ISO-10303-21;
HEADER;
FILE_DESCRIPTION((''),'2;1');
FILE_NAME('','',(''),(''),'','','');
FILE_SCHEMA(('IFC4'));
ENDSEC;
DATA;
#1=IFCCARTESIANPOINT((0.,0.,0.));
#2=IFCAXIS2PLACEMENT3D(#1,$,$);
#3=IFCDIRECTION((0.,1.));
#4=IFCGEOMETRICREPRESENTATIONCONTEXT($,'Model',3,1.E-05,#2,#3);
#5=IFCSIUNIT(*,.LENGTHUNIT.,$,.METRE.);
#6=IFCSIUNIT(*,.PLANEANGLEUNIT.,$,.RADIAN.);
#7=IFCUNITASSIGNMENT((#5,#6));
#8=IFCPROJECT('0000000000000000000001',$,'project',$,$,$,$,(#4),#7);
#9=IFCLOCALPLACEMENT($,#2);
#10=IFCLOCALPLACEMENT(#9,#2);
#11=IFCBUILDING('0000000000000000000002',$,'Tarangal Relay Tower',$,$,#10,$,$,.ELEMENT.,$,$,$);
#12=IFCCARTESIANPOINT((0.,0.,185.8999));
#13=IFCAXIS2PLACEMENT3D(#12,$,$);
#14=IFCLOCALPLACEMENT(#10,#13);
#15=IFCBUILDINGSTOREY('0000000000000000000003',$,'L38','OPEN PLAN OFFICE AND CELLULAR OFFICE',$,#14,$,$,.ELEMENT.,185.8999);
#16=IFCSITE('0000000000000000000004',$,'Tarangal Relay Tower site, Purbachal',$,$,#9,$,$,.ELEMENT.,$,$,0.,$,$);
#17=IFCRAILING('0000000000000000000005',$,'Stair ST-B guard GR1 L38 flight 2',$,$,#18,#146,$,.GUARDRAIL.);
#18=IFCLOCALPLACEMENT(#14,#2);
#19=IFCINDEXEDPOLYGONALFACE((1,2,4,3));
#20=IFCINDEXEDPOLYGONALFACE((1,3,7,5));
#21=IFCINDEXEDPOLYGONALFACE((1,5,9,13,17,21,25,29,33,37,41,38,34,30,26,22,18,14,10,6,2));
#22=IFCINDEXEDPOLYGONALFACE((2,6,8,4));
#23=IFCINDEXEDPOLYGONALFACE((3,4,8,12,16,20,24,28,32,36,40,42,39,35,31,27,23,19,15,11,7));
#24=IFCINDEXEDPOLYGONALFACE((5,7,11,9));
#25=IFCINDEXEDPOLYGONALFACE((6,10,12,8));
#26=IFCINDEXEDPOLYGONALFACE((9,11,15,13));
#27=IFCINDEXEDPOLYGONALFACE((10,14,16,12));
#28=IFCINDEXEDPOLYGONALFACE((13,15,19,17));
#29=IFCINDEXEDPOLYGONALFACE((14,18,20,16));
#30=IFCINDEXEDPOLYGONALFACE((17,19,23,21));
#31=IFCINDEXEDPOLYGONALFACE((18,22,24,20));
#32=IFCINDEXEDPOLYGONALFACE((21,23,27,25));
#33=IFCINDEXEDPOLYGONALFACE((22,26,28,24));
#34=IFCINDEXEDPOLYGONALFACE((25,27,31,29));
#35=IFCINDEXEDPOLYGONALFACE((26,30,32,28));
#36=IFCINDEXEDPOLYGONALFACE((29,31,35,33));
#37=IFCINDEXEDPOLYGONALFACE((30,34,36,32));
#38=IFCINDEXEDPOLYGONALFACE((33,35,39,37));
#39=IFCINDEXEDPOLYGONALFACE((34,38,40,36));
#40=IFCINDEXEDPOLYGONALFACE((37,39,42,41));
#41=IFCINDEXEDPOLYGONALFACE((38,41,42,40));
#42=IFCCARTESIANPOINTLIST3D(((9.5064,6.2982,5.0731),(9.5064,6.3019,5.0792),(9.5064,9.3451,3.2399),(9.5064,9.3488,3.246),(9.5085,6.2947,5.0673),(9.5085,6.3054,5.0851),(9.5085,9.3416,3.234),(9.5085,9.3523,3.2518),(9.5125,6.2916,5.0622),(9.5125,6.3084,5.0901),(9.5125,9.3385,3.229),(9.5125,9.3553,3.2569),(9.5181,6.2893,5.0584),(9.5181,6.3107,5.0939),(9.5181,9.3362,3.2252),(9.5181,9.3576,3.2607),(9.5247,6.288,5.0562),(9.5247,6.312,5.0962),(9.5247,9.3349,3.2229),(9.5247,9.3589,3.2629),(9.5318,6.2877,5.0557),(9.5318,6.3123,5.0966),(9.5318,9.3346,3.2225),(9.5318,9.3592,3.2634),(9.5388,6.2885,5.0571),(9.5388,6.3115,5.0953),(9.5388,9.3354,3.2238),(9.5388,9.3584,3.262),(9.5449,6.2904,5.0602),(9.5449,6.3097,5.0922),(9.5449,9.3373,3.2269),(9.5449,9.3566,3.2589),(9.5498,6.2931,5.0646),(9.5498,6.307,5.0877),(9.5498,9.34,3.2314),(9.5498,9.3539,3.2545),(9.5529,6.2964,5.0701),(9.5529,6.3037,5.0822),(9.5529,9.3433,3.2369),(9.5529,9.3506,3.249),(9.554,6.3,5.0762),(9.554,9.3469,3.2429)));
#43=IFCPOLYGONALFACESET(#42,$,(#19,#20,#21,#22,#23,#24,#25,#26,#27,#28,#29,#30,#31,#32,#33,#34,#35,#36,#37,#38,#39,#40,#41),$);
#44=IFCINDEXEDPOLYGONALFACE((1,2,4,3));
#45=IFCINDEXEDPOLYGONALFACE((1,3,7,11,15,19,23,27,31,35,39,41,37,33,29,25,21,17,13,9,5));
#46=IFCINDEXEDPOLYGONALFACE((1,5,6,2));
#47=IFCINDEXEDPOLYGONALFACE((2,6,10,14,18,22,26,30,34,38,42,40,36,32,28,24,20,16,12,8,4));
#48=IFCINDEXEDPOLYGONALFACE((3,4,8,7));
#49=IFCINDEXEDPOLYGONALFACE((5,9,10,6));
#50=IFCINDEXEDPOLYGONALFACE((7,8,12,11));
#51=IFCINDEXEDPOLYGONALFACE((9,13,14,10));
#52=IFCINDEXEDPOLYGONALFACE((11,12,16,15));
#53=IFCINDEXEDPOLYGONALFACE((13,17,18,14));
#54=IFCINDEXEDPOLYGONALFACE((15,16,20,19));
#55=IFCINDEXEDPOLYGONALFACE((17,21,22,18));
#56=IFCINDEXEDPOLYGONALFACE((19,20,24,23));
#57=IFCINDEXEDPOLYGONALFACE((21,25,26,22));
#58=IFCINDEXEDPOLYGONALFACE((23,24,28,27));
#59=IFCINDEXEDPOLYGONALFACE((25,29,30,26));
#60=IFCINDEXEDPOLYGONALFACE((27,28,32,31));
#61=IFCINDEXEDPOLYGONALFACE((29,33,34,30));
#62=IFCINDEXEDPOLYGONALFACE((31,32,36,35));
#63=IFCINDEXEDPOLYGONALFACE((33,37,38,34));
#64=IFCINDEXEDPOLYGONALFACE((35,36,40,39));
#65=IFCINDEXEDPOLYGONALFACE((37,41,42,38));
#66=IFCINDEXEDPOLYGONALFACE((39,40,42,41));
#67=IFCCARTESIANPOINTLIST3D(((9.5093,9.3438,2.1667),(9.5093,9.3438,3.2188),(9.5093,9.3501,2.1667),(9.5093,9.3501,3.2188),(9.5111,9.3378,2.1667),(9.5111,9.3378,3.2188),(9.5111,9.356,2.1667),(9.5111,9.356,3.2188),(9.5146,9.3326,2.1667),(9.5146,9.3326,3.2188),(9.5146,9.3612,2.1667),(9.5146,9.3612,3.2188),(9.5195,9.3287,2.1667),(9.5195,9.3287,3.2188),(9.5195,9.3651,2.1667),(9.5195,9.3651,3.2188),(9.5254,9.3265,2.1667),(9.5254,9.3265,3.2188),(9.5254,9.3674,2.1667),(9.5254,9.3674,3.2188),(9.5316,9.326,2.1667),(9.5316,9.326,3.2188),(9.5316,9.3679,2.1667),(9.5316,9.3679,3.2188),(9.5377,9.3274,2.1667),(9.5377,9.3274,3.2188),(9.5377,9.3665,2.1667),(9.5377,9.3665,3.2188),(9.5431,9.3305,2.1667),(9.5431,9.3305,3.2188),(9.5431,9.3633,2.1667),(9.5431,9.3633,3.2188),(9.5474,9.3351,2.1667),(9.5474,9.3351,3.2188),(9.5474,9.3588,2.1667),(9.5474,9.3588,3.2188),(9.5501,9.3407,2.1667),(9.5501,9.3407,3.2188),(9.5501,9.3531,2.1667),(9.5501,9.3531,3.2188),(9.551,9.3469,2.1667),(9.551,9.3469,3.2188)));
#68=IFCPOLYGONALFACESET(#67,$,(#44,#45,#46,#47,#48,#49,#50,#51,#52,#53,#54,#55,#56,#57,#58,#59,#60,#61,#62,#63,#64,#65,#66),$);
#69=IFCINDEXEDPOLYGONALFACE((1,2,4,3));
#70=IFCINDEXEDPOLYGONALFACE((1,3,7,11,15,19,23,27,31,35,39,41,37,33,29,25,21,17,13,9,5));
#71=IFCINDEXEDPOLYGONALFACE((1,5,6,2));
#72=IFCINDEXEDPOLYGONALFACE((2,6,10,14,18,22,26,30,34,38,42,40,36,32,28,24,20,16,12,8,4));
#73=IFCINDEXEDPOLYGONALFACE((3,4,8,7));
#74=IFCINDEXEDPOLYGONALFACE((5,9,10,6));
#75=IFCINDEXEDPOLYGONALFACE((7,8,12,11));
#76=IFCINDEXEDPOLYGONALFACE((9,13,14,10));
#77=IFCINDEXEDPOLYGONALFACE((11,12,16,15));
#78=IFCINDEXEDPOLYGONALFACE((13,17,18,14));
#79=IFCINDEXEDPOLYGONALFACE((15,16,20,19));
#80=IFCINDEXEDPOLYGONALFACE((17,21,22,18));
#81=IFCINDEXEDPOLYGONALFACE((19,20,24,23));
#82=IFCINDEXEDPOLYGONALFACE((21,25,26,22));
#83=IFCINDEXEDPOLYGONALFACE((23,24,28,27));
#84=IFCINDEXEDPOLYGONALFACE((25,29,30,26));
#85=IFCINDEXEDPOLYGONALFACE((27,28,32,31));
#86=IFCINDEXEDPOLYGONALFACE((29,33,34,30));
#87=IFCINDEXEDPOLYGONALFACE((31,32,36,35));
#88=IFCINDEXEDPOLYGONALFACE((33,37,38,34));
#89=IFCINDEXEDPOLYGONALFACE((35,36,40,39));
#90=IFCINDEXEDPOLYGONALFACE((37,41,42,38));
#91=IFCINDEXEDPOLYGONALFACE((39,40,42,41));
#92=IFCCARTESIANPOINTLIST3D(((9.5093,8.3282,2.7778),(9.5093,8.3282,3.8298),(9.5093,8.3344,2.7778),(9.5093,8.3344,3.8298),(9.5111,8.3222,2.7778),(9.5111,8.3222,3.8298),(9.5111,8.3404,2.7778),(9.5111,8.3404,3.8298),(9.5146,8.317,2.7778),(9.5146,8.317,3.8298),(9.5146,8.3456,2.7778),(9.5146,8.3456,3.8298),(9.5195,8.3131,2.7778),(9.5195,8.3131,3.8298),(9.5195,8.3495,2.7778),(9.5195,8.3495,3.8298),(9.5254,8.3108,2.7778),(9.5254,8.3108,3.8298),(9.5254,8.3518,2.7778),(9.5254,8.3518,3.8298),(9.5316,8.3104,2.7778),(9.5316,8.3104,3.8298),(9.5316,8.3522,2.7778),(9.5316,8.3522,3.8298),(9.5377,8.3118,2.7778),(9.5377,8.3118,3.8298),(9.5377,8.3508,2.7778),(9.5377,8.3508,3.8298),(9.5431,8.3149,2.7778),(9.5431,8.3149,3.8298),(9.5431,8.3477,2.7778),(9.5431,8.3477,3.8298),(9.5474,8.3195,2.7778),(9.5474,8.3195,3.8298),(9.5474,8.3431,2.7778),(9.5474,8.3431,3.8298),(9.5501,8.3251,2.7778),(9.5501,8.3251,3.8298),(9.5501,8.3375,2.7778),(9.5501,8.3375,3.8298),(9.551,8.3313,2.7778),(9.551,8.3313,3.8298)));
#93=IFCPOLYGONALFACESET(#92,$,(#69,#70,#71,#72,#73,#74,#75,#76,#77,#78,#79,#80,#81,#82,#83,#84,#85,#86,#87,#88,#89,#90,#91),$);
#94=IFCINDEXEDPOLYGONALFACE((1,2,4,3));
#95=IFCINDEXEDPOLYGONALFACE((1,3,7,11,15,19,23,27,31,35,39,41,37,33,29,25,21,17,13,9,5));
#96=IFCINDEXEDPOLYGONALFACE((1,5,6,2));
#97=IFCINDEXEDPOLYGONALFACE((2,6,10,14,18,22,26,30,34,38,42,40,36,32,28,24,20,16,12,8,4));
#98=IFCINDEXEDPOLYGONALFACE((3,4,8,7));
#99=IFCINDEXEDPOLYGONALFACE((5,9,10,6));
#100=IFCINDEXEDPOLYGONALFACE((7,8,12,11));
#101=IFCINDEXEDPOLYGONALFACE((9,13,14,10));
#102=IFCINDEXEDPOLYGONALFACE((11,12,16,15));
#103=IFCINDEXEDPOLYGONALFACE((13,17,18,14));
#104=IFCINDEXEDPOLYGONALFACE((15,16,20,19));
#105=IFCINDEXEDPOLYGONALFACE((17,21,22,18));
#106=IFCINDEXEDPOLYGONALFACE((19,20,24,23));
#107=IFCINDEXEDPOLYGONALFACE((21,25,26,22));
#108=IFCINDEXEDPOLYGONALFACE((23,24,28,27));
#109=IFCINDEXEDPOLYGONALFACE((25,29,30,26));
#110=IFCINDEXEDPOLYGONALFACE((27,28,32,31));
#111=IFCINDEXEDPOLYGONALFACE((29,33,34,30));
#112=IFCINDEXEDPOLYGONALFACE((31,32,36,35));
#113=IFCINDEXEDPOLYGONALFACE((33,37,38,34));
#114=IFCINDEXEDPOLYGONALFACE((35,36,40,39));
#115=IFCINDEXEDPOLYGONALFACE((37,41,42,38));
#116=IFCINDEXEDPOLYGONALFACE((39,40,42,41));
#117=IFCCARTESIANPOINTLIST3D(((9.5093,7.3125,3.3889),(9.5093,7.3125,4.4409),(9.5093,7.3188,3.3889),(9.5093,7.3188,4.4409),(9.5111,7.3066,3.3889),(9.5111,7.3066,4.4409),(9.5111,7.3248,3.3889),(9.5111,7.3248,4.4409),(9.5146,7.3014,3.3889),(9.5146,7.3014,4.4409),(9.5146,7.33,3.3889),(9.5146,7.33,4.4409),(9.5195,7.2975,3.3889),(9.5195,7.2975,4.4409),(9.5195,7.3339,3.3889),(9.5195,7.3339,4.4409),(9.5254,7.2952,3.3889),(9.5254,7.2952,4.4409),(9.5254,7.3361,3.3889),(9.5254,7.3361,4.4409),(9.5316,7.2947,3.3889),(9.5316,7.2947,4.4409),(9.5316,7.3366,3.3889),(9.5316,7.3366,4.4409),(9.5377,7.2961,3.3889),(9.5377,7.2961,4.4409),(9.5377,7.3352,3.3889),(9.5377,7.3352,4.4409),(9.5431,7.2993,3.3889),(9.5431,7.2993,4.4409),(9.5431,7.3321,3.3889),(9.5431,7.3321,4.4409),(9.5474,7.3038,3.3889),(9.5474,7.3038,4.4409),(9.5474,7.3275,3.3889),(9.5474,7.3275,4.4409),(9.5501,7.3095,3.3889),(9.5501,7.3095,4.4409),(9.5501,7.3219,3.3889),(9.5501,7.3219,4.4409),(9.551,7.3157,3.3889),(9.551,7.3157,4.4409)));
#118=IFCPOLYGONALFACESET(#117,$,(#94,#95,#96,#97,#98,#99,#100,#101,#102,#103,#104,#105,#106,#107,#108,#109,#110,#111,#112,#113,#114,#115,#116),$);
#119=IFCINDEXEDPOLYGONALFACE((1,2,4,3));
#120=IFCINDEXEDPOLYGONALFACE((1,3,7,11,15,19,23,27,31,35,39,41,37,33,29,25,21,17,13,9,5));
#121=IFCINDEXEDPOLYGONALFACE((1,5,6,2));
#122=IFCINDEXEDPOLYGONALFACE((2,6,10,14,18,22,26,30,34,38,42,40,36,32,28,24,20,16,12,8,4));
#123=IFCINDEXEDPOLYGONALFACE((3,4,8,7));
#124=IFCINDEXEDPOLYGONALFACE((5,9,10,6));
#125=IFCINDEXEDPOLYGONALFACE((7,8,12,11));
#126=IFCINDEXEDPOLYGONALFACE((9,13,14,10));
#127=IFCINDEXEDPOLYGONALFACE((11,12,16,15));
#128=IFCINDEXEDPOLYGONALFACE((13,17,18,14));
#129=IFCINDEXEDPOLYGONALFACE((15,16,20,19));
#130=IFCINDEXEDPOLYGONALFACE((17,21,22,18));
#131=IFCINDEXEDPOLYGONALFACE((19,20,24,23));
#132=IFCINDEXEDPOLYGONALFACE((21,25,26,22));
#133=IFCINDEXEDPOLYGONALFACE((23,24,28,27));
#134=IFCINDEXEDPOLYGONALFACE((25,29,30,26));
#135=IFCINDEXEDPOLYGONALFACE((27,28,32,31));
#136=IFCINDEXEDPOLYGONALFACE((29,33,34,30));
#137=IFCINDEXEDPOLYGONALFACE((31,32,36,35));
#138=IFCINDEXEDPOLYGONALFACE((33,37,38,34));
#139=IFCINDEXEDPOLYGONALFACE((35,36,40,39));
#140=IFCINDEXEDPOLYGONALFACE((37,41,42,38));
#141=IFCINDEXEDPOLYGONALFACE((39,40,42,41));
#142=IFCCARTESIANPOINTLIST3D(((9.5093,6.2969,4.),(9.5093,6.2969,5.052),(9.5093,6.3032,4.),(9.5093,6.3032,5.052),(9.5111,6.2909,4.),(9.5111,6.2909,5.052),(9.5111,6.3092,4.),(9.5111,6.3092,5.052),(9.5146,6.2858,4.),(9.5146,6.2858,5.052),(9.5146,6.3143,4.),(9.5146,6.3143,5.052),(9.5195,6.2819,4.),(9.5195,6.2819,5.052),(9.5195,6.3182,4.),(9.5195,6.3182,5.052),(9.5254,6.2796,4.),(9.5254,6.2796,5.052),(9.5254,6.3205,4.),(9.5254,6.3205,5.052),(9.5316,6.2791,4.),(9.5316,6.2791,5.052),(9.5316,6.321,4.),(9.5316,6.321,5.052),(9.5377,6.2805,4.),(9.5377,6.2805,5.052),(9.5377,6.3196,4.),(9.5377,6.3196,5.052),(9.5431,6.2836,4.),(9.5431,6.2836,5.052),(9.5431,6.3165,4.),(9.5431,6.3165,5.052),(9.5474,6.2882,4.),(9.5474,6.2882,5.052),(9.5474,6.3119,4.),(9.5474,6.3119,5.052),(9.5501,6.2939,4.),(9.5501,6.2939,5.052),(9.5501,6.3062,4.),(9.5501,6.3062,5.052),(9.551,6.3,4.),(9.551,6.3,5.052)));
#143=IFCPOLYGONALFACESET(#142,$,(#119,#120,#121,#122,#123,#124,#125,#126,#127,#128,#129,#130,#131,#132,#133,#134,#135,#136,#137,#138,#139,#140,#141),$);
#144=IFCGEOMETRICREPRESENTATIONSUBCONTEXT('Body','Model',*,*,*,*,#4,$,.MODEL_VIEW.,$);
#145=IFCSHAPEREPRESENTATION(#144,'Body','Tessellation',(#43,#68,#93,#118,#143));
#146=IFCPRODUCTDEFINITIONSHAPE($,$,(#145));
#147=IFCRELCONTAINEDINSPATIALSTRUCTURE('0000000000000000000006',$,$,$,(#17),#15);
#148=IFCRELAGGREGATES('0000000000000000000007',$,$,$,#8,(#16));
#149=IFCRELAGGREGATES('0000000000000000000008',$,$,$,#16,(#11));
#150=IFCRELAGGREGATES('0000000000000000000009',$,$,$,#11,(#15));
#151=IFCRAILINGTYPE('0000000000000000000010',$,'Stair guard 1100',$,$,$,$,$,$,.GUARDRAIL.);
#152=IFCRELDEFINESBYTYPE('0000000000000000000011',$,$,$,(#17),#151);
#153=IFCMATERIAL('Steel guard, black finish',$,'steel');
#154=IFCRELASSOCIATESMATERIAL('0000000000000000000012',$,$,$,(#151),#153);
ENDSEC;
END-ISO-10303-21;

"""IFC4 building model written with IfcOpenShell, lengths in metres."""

from ifc_helpers import new_model, si_unit, direction, frame, origin, origin_2d, place, context, subcontext, project, spatial, circle, extrude, material, type_object, element, save


model = new_model("IFC4")

# Units and contexts
model_context = context("Model", 3, precision=1e-05, world=origin(), true_north=direction((0.0, 1.0)))
body_context = subcontext(model_context, "Body", "Model", "MODEL_VIEW")
ifc_project = project(units=[si_unit("LENGTHUNIT", "METRE"), si_unit("PLANEANGLEUNIT", "RADIAN")], contexts=[model_context])

# Site, building, storey
site_placement = place(None, origin())
site = spatial("IfcSite", under=ifc_project, at=site_placement, Name="Tarangal Relay Tower site, Purbachal", CompositionType="ELEMENT", RefElevation=0.0)
building_placement = place(site_placement, origin())
building = spatial("IfcBuilding", under=site, at=building_placement, Name="Tarangal Relay Tower", CompositionType="ELEMENT")
storey_placement = place(building_placement, frame((0.0, 0.0, 185.8999)))
storey = spatial("IfcBuildingStorey", under=building, at=storey_placement, Name="L38", Description="OPEN PLAN OFFICE AND CELLULAR OFFICE", CompositionType="ELEMENT", Elevation=185.8999)

# Railing
ifc_material_1 = material(Name="Steel guard, black finish", Category="steel")
railing_type_1 = type_object("IfcRailingType", Name="Stair guard 1100", PredefinedType="GUARDRAIL", material=ifc_material_1)
railing_1_placement = place(storey_placement, frame((9.53, 9.3469, 2.1667)))
element("IfcRailing", 1, at=railing_1_placement, inside=storey, type_object=railing_type_1, Name="Stair ST-B guard GR1 L38 flight 2", PredefinedType="GUARDRAIL", context=body_context, shape_type="SweptSolid", body=[
    extrude(circle(Radius=0.0239, at=origin_2d()), frame((0.0, 0.0, 1.0762), z_axis=(0.0, -0.856856, 0.515556), x_axis=(1.0, 0.0, 0.0)), (0.0, 0.0, 1.0), 3.5559),
    extrude(circle(Radius=0.021, at=origin_2d()), origin(), (0.0, 0.0, 1.0), 1.052),
    extrude(circle(Radius=0.021, at=origin_2d()), frame((0.0, -1.0156, 0.6111)), (0.0, 0.0, 1.0), 1.052),
    extrude(circle(Radius=0.021, at=origin_2d()), frame((0.0, -2.0312, 1.2222)), (0.0, 0.0, 1.0), 1.052),
    extrude(circle(Radius=0.021, at=origin_2d()), frame((0.0, -3.0469, 1.8333)), (0.0, 0.0, 1.0), 1.052),
])

save(model, "model.ifc")
